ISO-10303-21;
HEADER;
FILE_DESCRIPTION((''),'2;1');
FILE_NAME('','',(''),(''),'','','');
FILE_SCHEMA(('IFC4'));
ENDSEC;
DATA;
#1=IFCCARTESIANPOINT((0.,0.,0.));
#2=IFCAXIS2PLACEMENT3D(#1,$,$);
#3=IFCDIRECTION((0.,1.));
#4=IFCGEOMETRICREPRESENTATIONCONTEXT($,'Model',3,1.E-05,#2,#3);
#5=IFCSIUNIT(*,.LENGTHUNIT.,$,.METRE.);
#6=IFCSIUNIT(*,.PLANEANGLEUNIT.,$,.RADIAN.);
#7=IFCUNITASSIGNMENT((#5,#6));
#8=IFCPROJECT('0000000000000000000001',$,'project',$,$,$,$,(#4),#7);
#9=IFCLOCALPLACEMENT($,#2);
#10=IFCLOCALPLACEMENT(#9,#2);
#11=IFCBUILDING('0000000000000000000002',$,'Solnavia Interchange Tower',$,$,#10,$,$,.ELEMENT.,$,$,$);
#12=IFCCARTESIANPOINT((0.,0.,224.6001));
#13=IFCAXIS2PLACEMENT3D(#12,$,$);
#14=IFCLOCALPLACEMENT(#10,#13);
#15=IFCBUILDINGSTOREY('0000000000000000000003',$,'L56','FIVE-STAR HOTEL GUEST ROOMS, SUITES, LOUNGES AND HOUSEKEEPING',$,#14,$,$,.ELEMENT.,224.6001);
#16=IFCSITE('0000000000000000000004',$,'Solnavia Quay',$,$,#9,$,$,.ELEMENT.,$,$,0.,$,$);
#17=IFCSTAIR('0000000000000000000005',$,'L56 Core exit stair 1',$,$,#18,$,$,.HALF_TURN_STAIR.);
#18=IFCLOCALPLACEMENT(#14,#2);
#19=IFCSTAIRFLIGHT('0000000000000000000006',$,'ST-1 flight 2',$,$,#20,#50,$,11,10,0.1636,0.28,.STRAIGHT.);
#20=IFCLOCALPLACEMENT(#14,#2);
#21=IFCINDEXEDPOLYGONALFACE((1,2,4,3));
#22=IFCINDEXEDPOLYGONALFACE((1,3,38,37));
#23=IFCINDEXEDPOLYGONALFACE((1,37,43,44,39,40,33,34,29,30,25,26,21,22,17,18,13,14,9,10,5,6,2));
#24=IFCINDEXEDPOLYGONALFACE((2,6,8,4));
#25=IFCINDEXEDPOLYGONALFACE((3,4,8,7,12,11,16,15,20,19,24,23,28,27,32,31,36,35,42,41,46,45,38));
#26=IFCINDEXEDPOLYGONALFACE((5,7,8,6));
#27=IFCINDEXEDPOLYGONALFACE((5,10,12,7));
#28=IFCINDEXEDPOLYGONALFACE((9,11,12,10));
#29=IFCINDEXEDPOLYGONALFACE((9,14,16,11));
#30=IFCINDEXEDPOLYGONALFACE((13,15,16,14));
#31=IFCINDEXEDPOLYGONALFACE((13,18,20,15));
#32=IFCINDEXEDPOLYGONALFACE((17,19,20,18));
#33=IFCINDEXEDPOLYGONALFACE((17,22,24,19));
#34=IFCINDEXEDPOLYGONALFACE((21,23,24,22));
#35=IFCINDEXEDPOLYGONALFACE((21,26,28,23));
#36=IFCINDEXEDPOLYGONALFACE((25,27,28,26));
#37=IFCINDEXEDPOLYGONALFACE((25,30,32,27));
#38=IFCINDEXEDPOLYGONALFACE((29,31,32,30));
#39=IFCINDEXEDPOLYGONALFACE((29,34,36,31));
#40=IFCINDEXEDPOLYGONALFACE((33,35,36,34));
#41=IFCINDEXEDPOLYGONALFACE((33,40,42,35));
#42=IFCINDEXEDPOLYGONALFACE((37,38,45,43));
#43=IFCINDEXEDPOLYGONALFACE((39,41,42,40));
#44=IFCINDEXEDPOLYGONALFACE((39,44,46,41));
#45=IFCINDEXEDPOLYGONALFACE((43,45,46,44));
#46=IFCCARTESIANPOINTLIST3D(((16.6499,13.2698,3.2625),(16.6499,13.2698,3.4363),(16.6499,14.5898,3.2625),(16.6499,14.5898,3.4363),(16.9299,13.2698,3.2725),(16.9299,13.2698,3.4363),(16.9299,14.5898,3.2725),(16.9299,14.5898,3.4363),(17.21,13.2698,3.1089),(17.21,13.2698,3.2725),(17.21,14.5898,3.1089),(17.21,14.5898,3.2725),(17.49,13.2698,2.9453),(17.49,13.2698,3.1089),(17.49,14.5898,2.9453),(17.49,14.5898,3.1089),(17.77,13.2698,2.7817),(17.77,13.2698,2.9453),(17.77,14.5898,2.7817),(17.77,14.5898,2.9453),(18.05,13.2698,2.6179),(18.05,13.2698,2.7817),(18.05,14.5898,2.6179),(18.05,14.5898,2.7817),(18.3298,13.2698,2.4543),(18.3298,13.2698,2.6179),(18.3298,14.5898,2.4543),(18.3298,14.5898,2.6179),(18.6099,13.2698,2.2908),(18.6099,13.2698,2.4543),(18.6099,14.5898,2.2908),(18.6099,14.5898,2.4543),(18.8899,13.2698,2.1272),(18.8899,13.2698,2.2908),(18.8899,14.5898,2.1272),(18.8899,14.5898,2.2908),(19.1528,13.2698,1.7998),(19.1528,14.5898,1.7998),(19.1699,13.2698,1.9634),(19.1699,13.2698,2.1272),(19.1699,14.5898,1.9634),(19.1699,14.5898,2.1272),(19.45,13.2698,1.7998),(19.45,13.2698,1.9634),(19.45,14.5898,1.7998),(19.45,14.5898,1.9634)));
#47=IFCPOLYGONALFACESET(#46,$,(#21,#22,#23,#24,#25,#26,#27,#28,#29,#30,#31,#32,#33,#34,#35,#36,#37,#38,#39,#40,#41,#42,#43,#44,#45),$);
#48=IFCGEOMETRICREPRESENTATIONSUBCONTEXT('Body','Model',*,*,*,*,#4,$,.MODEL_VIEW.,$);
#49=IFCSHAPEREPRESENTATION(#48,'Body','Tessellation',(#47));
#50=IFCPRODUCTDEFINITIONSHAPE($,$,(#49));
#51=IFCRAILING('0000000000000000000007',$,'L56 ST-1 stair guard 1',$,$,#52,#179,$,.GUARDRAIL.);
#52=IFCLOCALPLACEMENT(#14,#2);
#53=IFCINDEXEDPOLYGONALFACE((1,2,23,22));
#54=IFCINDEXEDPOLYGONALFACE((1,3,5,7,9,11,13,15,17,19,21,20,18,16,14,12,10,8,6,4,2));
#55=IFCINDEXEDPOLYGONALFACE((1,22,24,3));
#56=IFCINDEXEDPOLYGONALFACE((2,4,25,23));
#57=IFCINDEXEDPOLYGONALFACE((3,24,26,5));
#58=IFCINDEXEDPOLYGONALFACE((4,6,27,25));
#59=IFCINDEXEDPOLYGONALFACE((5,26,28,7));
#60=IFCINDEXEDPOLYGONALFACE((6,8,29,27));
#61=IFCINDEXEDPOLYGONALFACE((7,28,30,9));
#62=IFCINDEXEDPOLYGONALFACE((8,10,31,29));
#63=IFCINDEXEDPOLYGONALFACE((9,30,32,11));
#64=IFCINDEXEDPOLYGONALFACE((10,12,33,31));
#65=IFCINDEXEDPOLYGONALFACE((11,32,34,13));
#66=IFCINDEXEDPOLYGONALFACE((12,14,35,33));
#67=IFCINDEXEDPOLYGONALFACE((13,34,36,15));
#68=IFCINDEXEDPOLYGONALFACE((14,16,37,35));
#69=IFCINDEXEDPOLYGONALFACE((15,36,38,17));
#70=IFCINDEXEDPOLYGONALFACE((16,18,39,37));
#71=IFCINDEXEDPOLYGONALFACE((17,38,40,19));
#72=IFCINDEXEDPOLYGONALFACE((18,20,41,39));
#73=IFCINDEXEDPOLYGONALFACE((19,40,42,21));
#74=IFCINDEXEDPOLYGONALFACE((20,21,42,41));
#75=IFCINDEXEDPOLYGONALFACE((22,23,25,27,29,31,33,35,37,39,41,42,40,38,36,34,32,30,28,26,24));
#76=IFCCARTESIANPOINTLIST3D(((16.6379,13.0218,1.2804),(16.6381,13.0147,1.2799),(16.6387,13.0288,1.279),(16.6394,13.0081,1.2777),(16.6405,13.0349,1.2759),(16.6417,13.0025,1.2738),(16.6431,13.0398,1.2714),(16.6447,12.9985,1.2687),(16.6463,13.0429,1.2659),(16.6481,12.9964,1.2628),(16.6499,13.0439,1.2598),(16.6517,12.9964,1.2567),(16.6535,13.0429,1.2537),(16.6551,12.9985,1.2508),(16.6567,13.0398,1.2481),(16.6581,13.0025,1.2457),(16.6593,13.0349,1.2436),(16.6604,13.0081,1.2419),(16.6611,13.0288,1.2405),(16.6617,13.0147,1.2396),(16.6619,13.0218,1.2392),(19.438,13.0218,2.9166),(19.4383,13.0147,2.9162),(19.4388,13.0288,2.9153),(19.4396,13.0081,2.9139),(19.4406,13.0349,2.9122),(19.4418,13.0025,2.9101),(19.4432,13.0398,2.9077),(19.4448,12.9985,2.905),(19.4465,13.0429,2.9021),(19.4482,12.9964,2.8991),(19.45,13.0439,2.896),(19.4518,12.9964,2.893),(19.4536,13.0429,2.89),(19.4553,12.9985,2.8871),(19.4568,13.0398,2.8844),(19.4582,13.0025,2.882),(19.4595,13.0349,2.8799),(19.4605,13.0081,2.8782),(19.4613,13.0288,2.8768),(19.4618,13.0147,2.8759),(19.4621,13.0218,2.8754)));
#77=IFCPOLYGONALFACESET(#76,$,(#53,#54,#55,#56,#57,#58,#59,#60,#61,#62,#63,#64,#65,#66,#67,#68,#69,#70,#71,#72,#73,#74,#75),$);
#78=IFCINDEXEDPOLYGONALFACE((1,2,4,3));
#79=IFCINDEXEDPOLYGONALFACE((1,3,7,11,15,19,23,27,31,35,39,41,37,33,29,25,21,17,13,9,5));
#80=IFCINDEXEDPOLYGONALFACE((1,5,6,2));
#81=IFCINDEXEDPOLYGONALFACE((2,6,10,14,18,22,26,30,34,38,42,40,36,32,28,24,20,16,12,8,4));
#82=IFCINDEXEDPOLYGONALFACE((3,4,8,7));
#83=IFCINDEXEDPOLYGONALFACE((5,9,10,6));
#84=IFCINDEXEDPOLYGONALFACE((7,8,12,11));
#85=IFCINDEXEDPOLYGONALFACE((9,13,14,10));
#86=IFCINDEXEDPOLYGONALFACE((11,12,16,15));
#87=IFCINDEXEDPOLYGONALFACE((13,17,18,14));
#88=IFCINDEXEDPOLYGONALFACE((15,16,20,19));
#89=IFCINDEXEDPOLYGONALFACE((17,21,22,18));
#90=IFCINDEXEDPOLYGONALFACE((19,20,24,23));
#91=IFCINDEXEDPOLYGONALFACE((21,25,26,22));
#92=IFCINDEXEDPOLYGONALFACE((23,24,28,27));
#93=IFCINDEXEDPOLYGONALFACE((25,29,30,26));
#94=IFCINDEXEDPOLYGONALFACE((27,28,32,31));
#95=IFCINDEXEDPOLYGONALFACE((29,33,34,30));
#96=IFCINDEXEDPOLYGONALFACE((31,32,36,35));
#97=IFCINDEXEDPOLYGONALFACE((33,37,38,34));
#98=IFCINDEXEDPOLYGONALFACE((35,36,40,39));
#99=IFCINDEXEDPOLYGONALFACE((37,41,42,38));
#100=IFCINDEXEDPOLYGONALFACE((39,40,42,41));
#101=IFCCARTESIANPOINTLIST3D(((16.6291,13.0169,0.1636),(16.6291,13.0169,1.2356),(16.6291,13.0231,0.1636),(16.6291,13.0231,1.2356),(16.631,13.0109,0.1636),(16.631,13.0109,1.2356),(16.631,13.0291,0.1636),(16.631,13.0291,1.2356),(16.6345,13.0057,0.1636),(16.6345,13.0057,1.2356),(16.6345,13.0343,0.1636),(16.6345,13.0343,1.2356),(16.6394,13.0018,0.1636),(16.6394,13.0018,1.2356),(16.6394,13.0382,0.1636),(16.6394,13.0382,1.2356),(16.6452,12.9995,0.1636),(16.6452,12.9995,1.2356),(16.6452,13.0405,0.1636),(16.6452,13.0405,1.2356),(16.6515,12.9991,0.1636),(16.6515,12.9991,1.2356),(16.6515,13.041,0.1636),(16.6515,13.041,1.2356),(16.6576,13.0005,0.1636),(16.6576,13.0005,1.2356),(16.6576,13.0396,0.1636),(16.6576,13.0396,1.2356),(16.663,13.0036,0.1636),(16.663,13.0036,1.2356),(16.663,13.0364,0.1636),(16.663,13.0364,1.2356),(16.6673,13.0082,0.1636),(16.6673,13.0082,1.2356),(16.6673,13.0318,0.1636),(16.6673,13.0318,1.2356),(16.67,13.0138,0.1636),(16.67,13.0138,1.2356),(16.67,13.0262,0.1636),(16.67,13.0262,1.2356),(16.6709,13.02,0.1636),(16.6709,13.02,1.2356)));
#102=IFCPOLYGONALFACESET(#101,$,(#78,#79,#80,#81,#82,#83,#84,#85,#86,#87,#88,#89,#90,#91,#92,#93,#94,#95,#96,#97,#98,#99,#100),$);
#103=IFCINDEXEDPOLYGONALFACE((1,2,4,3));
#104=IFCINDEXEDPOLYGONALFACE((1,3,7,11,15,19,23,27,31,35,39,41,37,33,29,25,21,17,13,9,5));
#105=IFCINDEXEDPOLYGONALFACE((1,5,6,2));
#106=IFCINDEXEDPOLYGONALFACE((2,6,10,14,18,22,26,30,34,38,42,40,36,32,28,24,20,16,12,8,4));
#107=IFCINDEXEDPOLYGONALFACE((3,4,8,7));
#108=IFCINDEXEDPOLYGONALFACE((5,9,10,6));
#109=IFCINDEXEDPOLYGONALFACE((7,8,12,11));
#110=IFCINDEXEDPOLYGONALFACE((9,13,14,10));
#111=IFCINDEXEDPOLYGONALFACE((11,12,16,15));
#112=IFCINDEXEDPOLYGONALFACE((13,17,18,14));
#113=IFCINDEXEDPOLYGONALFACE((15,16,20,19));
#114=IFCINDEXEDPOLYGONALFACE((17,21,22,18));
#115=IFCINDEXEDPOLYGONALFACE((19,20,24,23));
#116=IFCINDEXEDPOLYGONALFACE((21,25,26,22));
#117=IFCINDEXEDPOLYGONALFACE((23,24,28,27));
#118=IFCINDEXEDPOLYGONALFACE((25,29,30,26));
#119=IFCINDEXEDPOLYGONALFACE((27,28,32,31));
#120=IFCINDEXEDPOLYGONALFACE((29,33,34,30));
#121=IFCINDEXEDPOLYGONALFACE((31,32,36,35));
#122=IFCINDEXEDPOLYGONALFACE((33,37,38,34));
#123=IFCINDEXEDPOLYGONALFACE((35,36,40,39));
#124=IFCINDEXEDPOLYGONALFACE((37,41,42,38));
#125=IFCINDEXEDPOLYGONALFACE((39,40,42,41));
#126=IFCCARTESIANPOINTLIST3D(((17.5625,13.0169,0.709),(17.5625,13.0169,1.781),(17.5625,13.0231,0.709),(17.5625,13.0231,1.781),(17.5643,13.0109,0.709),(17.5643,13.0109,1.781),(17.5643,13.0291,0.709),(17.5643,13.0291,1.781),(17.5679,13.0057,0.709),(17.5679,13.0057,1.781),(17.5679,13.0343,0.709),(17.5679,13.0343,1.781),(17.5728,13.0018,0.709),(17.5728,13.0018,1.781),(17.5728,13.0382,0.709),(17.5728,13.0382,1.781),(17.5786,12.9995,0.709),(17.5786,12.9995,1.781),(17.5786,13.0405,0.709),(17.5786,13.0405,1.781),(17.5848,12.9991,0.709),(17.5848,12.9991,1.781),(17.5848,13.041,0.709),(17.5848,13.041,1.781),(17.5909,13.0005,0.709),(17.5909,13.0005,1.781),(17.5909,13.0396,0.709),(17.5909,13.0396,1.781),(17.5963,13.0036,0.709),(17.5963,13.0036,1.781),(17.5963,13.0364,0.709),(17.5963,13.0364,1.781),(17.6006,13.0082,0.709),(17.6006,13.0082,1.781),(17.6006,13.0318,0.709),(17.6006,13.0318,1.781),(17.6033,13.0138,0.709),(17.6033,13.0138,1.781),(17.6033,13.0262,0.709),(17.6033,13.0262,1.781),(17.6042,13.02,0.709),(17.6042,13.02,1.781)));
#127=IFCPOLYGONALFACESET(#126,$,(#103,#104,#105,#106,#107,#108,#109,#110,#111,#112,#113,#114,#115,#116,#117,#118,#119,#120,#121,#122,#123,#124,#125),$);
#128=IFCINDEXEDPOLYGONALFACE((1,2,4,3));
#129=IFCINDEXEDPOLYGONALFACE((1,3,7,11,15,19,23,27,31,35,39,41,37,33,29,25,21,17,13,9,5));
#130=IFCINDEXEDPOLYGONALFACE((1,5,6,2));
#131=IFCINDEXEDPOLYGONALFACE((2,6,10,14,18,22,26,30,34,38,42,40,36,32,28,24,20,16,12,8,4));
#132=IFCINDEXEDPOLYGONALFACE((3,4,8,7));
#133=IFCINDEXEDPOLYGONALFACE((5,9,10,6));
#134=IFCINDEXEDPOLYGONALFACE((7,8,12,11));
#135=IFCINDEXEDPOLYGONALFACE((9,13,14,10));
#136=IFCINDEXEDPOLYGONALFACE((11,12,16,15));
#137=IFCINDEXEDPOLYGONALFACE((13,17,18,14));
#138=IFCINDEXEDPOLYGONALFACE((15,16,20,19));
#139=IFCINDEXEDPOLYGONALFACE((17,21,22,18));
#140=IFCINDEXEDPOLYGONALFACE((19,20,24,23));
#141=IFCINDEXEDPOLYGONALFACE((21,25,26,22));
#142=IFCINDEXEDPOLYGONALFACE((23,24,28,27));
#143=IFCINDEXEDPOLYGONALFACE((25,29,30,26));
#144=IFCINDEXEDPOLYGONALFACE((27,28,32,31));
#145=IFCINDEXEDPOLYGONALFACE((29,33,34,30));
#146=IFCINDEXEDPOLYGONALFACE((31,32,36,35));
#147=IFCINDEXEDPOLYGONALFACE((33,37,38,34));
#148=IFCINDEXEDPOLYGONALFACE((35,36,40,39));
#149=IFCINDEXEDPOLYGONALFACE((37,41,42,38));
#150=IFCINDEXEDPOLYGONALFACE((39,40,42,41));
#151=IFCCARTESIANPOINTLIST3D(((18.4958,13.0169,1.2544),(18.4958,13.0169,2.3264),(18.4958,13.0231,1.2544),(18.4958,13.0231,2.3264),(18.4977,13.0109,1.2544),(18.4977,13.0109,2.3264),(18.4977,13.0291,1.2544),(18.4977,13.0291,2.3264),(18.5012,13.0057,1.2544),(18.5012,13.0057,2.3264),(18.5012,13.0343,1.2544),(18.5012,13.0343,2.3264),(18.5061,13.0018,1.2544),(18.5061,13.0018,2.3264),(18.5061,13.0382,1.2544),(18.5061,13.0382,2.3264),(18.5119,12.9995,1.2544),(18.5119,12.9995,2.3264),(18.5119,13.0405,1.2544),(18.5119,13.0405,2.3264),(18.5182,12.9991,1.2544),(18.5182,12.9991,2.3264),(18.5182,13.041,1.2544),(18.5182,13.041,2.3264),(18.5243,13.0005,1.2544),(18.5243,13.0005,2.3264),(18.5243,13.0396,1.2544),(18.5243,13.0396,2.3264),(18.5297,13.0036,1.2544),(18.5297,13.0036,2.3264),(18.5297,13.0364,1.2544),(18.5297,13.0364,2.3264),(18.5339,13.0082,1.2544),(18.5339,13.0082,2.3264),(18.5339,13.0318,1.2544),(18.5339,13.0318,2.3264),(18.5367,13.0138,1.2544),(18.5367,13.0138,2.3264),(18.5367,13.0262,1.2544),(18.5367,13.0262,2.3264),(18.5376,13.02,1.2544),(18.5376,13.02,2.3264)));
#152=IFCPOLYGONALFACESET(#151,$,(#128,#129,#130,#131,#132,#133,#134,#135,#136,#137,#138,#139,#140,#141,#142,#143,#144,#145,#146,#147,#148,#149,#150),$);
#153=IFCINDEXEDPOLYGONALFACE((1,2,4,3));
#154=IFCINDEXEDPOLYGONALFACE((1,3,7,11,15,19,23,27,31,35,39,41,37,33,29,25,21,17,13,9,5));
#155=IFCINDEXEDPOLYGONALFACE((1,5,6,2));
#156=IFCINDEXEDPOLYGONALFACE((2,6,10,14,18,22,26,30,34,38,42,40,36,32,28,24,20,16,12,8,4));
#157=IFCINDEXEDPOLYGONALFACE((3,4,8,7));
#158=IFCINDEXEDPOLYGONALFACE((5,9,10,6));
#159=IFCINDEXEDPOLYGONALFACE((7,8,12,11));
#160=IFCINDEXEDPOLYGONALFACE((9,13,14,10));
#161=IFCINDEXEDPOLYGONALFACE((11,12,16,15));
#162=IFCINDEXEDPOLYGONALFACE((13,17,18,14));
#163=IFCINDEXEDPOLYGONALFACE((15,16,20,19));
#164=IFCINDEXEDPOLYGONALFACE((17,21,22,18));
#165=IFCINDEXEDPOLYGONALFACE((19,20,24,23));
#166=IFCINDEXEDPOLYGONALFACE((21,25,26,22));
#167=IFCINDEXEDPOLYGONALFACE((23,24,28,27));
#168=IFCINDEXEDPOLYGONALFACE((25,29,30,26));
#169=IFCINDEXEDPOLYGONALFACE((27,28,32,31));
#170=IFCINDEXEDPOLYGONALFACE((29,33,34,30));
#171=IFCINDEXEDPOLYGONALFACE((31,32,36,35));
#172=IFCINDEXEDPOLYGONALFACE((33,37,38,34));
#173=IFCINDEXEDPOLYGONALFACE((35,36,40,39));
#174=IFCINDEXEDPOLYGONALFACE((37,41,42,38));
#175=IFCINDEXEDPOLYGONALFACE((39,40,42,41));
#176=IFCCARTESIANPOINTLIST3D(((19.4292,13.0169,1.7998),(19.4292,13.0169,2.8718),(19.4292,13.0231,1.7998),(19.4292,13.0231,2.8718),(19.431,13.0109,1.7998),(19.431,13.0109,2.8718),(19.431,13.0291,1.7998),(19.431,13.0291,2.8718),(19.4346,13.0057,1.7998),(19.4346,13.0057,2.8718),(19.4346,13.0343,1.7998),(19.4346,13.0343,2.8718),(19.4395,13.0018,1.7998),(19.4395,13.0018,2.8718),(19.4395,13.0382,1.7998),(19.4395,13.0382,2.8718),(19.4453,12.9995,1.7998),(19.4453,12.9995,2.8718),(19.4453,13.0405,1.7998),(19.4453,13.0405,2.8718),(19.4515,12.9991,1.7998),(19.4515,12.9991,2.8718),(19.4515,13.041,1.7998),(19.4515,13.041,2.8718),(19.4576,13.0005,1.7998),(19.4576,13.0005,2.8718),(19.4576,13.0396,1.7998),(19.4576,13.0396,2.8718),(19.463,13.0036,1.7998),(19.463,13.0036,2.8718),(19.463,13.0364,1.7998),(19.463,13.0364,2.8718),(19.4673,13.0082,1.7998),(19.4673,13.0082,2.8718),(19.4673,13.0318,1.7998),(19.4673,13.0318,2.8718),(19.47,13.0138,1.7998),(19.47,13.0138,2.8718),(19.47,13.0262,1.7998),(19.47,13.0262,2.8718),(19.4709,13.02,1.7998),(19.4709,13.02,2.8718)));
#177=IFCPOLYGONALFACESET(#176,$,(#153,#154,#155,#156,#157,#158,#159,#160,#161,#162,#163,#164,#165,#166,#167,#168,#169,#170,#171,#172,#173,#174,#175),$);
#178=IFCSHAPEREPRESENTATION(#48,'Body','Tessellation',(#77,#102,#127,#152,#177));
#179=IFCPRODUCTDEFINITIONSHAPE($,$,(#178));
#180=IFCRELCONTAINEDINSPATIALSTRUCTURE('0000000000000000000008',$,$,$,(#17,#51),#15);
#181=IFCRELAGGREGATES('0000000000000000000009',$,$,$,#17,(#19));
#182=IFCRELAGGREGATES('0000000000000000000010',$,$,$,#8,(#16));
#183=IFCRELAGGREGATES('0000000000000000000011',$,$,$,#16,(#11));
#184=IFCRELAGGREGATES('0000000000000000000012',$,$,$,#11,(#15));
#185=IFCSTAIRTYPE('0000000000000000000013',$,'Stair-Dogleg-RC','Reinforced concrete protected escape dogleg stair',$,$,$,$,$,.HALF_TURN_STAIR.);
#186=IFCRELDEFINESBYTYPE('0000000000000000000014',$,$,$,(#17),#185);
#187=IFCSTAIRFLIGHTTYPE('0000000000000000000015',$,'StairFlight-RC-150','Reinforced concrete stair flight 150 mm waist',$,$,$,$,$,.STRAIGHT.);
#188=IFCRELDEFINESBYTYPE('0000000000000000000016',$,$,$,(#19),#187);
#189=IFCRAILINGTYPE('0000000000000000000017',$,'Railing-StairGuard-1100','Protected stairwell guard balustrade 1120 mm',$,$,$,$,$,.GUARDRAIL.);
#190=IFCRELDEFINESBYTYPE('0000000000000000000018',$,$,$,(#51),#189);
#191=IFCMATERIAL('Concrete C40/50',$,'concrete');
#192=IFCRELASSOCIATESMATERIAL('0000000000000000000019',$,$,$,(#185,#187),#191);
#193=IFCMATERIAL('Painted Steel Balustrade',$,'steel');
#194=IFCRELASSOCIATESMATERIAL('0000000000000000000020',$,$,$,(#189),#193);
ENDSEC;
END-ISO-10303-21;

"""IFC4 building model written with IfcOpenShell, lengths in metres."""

from ifc_helpers import new_model, si_unit, direction, frame, origin, origin_2d, place, context, subcontext, project, spatial, polyline, circle, outline, extrude, material, type_object, element, aggregate, save


model = new_model("IFC4")

# Units and contexts
model_context = context("Model", 3, precision=1e-05, world=origin(), true_north=direction((0.0, 1.0)))
body_context = subcontext(model_context, "Body", "Model", "MODEL_VIEW")
ifc_project = project(units=[si_unit("LENGTHUNIT", "METRE"), si_unit("PLANEANGLEUNIT", "RADIAN")], contexts=[model_context])

# Site, building, storey
site_placement = place(None, origin())
site = spatial("IfcSite", under=ifc_project, at=site_placement, Name="Solnavia Quay", CompositionType="ELEMENT", RefElevation=0.0)
building_placement = place(site_placement, origin())
building = spatial("IfcBuilding", under=site, at=building_placement, Name="Solnavia Interchange Tower", CompositionType="ELEMENT")
storey_placement = place(building_placement, frame((0.0, 0.0, 224.6001)))
storey = spatial("IfcBuildingStorey", under=building, at=storey_placement, Name="L56", Description="FIVE-STAR HOTEL GUEST ROOMS, SUITES, LOUNGES AND HOUSEKEEPING", CompositionType="ELEMENT", Elevation=224.6001)

# Shared definitions
ifc_material_1 = material(Name="Concrete C40/50", Category="concrete")

# Stair, stair flight
stair_type = type_object("IfcStairType", Name="Stair-Dogleg-RC", Description="Reinforced concrete protected escape dogleg stair", PredefinedType="HALF_TURN_STAIR", material=ifc_material_1)
stair_placement = place(storey_placement, origin())
stair = element("IfcStair", 1, at=stair_placement, inside=storey, type_object=stair_type, Name="L56 Core exit stair 1", PredefinedType="HALF_TURN_STAIR")
stair_flight_type = type_object("IfcStairFlightType", Name="StairFlight-RC-150", Description="Reinforced concrete stair flight 150 mm waist", PredefinedType="STRAIGHT", material=ifc_material_1)
stair_flight_1_placement = place(storey_placement, frame((19.45, 13.9299, 1.7998), z_axis=(0.0, 0.0, 1.0), x_axis=(-1.0, 0.0, 0.0)))
stair_flight_1 = element("IfcStairFlight", 2, at=stair_flight_1_placement, type_object=stair_flight_type, Name="ST-1 flight 2", NumberOfRisers=11, NumberOfTreads=10, PredefinedType="STRAIGHT", RiserHeight=0.1636, TreadLength=0.28, context=body_context, shape_type="SweptSolid", body=[
    extrude(outline(polyline([(0.0, 0.0), (0.0, 0.1636), (0.28, 0.1636), (0.28, 0.3274), (0.5601, 0.3274), (0.5601, 0.491), (0.8401, 0.491), (0.8401, 0.6545), (1.1201, 0.6545), (1.1201, 0.8181), (1.3999, 0.8181), (1.3999, 0.9819), (1.6799, 0.9819), (1.6799, 1.1455), (1.96, 1.1455), (1.96, 1.3091), (2.24, 1.3091), (2.24, 1.4727), (2.52, 1.4727), (2.52, 1.6365), (2.8, 1.6365), (2.8, 1.8), (2.8, 1.4626), (0.2971, 0.0), (0.0, 0.0)])), frame((0.0, 0.6602, 0.0), z_axis=(0.0, -1.0, 0.0), x_axis=(1.0, 0.0, 0.0)), (0.0, 0.0, 1.0), 1.3201),
])
aggregate(stair, [stair_flight_1])

# Railing
ifc_material_2 = material(Name="Painted Steel Balustrade", Category="steel")
railing_type_1 = type_object("IfcRailingType", Name="Railing-StairGuard-1100", Description="Protected stairwell guard balustrade 1120 mm", PredefinedType="GUARDRAIL", material=ifc_material_2)
railing_1_placement = place(storey_placement, frame((16.6499, 13.02, 0.1636)))
element("IfcRailing", 3, at=railing_1_placement, inside=storey, type_object=railing_type_1, Name="L56 ST-1 stair guard 1", PredefinedType="GUARDRAIL", context=body_context, shape_type="SweptSolid", body=[
    extrude(circle(Radius=0.0239, at=origin_2d()), frame((0.0, 0.0, 1.0962), z_axis=(0.863394, 0.0, 0.504531), x_axis=(0.0, 1.0, 0.0)), (0.0, 0.0, 1.0), 3.2432),
    extrude(circle(Radius=0.021, at=origin_2d()), origin(), (0.0, 0.0, 1.0), 1.072),
    extrude(circle(Radius=0.021, at=origin_2d()), frame((0.9333, 0.0, 0.5454)), (0.0, 0.0, 1.0), 1.072),
    extrude(circle(Radius=0.021, at=origin_2d()), frame((1.8667, 0.0, 1.0908)), (0.0, 0.0, 1.0), 1.072),
    extrude(circle(Radius=0.021, at=origin_2d()), frame((2.8, 0.0, 1.6362)), (0.0, 0.0, 1.0), 1.072),
])

save(model, "model.ifc")
